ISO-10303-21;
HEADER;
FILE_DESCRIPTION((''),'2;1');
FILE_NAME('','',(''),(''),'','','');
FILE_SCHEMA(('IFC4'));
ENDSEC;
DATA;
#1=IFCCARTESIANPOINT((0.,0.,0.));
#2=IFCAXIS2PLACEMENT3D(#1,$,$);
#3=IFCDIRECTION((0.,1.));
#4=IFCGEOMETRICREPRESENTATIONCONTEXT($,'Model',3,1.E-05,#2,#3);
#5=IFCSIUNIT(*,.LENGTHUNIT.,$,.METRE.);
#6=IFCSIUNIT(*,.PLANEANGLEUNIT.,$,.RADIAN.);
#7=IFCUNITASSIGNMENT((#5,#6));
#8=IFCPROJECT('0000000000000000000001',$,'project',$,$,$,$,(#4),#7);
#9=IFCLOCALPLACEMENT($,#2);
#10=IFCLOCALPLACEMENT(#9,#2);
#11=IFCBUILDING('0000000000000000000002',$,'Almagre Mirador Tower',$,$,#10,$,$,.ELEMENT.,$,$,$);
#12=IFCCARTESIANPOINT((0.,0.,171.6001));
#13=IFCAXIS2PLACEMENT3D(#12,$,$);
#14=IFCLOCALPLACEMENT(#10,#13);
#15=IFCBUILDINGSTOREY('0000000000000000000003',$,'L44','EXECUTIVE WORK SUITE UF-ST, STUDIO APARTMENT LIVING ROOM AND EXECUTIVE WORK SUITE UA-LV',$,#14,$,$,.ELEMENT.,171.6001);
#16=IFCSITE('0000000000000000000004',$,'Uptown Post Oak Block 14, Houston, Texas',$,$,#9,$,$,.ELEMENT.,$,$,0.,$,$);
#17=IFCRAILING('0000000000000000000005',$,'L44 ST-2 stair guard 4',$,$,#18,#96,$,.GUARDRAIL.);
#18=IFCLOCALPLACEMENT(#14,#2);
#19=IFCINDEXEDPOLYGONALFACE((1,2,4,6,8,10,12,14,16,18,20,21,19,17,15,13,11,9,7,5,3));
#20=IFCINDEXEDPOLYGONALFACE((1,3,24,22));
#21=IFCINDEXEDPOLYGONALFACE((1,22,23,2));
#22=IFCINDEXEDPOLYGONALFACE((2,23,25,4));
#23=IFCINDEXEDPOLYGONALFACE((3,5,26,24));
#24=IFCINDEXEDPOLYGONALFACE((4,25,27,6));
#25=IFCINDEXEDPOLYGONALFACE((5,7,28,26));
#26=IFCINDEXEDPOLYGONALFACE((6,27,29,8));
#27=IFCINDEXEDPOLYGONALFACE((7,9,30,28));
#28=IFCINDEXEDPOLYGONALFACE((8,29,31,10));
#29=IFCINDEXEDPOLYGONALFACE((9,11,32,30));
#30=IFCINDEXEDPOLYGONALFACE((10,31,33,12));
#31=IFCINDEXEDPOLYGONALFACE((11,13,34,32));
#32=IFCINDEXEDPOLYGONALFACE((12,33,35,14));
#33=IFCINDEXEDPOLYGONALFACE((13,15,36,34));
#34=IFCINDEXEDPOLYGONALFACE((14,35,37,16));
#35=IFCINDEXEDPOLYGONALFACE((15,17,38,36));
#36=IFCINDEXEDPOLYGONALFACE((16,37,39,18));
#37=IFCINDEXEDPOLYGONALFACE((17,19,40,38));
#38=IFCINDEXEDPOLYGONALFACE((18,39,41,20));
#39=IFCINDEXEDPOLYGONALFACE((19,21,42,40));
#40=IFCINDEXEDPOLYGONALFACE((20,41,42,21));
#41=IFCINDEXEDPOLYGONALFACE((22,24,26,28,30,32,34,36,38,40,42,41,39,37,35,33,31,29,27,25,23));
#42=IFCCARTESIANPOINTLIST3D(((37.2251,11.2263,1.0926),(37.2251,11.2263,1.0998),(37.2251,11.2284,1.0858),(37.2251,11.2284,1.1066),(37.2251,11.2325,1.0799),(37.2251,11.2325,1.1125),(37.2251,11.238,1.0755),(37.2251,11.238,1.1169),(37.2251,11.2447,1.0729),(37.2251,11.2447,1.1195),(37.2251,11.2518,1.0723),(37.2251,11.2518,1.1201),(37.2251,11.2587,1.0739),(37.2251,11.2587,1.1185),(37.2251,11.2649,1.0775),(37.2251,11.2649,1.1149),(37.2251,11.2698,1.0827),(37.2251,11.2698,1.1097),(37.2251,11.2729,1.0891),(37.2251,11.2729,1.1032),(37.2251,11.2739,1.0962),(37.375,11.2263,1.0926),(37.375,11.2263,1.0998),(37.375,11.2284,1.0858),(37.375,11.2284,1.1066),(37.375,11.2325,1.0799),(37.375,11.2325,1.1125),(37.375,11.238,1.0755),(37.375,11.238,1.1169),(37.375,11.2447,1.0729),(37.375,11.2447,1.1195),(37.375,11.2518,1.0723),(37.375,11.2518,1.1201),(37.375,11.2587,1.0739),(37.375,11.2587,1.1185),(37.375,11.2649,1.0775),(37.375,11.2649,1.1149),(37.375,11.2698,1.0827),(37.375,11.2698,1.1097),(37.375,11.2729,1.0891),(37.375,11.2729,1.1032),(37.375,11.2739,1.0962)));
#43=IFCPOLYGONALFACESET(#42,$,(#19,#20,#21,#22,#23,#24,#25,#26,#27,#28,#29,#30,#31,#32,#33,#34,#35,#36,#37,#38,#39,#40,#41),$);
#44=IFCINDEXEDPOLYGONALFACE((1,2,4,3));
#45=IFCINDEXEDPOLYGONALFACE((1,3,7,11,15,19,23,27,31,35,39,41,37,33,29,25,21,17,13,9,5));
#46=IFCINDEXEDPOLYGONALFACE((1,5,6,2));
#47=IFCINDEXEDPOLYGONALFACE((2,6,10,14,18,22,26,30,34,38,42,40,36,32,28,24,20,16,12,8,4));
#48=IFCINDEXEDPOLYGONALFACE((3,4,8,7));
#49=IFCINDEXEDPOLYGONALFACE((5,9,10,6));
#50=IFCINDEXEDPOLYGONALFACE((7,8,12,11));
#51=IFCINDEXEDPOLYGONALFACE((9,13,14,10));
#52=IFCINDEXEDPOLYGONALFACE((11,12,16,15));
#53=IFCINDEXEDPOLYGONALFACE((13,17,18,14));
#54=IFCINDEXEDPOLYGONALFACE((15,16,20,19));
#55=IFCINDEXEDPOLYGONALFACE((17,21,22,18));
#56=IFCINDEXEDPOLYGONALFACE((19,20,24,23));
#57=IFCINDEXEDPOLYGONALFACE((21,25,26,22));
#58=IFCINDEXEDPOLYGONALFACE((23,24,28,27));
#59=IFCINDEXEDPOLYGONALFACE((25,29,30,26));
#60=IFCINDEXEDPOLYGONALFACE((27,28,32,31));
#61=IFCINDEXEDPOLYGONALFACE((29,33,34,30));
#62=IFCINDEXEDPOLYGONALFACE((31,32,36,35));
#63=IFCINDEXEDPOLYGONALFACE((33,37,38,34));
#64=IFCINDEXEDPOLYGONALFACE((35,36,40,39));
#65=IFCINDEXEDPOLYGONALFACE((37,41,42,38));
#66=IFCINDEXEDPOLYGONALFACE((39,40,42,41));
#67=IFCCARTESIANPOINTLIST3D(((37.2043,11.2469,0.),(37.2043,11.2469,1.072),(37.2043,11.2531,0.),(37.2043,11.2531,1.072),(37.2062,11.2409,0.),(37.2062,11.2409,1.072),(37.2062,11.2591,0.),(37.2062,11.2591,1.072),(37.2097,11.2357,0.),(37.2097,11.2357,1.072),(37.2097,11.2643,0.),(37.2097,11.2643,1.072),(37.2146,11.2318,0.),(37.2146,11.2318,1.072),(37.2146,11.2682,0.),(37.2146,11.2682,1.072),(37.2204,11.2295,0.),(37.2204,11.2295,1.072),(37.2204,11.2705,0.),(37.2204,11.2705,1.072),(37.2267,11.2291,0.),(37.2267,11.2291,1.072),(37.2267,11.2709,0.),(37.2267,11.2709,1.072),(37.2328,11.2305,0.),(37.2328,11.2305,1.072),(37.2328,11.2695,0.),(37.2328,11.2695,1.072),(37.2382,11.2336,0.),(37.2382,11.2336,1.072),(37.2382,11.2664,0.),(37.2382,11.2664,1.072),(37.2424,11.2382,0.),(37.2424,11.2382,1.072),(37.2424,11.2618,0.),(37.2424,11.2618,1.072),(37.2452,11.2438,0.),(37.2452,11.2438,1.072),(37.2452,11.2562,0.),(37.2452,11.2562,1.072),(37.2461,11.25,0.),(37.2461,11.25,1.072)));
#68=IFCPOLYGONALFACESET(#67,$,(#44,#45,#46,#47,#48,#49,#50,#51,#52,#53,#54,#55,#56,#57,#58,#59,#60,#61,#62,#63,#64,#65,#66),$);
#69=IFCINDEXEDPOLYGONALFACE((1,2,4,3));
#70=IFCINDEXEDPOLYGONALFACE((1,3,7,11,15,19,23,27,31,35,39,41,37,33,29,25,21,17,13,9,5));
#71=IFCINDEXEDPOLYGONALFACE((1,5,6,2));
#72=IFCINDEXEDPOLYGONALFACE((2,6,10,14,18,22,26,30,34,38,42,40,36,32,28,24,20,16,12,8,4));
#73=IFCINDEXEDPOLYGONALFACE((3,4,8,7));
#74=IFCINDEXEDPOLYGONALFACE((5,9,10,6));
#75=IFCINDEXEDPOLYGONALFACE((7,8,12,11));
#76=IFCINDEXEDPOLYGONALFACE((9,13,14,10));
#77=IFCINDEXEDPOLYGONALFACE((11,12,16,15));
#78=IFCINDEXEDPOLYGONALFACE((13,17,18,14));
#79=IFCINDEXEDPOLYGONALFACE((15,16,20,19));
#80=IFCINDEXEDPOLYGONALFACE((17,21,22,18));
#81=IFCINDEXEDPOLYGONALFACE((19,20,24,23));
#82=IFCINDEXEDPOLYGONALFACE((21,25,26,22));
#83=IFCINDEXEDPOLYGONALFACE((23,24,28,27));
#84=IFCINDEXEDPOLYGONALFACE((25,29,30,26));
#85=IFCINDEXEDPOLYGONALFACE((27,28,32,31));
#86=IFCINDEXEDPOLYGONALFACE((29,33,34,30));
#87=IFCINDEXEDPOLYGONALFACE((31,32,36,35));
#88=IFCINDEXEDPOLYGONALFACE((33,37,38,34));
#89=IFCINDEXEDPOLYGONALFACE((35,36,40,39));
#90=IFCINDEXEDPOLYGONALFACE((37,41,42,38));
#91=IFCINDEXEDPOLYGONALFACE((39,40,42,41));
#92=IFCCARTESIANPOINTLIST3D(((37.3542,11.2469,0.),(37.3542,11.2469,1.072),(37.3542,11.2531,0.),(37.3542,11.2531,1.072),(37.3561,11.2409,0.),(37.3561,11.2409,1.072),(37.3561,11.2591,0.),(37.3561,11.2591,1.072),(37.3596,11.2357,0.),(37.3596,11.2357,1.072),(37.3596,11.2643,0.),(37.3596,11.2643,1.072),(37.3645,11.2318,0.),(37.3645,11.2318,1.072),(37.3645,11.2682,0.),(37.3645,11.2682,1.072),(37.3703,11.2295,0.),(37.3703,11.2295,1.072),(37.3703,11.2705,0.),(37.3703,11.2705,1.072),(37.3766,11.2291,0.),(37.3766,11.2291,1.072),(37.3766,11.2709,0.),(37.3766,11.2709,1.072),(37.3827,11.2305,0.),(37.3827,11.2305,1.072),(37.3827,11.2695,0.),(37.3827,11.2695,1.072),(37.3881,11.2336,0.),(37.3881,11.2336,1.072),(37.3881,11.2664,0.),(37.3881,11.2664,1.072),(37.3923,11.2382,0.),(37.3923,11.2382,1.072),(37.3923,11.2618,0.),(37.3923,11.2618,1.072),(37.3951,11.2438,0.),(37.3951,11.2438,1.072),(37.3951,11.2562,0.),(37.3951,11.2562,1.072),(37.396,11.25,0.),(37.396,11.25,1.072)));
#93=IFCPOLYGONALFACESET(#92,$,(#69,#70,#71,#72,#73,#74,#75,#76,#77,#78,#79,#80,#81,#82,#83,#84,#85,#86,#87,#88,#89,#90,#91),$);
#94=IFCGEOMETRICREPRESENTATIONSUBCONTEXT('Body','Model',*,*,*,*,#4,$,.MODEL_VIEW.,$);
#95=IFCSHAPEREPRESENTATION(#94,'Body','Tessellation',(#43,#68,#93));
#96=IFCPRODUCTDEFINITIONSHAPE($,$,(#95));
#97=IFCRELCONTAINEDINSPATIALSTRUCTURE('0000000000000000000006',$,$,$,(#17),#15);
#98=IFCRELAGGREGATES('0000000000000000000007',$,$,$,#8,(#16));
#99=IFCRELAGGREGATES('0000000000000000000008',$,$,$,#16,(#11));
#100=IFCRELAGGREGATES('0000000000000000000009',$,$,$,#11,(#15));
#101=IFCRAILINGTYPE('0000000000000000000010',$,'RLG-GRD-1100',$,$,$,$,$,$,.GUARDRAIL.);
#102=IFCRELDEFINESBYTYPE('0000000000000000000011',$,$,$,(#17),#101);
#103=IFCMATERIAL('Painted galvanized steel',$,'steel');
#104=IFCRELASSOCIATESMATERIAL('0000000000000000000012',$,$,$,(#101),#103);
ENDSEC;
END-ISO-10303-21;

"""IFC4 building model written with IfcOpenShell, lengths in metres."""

from ifc_helpers import new_model, si_unit, direction, frame, origin, origin_2d, place, context, subcontext, project, spatial, circle, extrude, material, type_object, element, save


model = new_model("IFC4")

# Units and contexts
model_context = context("Model", 3, precision=1e-05, world=origin(), true_north=direction((0.0, 1.0)))
body_context = subcontext(model_context, "Body", "Model", "MODEL_VIEW")
ifc_project = project(units=[si_unit("LENGTHUNIT", "METRE"), si_unit("PLANEANGLEUNIT", "RADIAN")], contexts=[model_context])

# Site, building, storey
site_placement = place(None, origin())
site = spatial("IfcSite", under=ifc_project, at=site_placement, Name="Uptown Post Oak Block 14, Houston, Texas", CompositionType="ELEMENT", RefElevation=0.0)
building_placement = place(site_placement, origin())
building = spatial("IfcBuilding", under=site, at=building_placement, Name="Almagre Mirador Tower", CompositionType="ELEMENT")
storey_placement = place(building_placement, frame((0.0, 0.0, 171.6001)))
storey = spatial("IfcBuildingStorey", under=building, at=storey_placement, Name="L44", Description="EXECUTIVE WORK SUITE UF-ST, STUDIO APARTMENT LIVING ROOM AND EXECUTIVE WORK SUITE UA-LV", CompositionType="ELEMENT", Elevation=171.6001)

# Railing
ifc_material_1 = material(Name="Painted galvanized steel", Category="steel")
railing_type_1 = type_object("IfcRailingType", Name="RLG-GRD-1100", PredefinedType="GUARDRAIL", material=ifc_material_1)
railing_1_placement = place(storey_placement, frame((37.2251, 11.25, 0.0)))
element("IfcRailing", 1, at=railing_1_placement, inside=storey, type_object=railing_type_1, Name="L44 ST-2 stair guard 4", PredefinedType="GUARDRAIL", context=body_context, shape_type="SweptSolid", body=[
    extrude(circle(Radius=0.0239, at=origin_2d()), frame((0.0, 0.0, 1.0962), z_axis=(1.0, 0.0, 0.0), x_axis=(0.0, 1.0, 0.0)), (0.0, 0.0, 1.0), 0.1499),
    extrude(circle(Radius=0.021, at=origin_2d()), origin(), (0.0, 0.0, 1.0), 1.072),
    extrude(circle(Radius=0.021, at=origin_2d()), frame((0.1499, 0.0, 0.0)), (0.0, 0.0, 1.0), 1.072),
])

save(model, "model.ifc")
